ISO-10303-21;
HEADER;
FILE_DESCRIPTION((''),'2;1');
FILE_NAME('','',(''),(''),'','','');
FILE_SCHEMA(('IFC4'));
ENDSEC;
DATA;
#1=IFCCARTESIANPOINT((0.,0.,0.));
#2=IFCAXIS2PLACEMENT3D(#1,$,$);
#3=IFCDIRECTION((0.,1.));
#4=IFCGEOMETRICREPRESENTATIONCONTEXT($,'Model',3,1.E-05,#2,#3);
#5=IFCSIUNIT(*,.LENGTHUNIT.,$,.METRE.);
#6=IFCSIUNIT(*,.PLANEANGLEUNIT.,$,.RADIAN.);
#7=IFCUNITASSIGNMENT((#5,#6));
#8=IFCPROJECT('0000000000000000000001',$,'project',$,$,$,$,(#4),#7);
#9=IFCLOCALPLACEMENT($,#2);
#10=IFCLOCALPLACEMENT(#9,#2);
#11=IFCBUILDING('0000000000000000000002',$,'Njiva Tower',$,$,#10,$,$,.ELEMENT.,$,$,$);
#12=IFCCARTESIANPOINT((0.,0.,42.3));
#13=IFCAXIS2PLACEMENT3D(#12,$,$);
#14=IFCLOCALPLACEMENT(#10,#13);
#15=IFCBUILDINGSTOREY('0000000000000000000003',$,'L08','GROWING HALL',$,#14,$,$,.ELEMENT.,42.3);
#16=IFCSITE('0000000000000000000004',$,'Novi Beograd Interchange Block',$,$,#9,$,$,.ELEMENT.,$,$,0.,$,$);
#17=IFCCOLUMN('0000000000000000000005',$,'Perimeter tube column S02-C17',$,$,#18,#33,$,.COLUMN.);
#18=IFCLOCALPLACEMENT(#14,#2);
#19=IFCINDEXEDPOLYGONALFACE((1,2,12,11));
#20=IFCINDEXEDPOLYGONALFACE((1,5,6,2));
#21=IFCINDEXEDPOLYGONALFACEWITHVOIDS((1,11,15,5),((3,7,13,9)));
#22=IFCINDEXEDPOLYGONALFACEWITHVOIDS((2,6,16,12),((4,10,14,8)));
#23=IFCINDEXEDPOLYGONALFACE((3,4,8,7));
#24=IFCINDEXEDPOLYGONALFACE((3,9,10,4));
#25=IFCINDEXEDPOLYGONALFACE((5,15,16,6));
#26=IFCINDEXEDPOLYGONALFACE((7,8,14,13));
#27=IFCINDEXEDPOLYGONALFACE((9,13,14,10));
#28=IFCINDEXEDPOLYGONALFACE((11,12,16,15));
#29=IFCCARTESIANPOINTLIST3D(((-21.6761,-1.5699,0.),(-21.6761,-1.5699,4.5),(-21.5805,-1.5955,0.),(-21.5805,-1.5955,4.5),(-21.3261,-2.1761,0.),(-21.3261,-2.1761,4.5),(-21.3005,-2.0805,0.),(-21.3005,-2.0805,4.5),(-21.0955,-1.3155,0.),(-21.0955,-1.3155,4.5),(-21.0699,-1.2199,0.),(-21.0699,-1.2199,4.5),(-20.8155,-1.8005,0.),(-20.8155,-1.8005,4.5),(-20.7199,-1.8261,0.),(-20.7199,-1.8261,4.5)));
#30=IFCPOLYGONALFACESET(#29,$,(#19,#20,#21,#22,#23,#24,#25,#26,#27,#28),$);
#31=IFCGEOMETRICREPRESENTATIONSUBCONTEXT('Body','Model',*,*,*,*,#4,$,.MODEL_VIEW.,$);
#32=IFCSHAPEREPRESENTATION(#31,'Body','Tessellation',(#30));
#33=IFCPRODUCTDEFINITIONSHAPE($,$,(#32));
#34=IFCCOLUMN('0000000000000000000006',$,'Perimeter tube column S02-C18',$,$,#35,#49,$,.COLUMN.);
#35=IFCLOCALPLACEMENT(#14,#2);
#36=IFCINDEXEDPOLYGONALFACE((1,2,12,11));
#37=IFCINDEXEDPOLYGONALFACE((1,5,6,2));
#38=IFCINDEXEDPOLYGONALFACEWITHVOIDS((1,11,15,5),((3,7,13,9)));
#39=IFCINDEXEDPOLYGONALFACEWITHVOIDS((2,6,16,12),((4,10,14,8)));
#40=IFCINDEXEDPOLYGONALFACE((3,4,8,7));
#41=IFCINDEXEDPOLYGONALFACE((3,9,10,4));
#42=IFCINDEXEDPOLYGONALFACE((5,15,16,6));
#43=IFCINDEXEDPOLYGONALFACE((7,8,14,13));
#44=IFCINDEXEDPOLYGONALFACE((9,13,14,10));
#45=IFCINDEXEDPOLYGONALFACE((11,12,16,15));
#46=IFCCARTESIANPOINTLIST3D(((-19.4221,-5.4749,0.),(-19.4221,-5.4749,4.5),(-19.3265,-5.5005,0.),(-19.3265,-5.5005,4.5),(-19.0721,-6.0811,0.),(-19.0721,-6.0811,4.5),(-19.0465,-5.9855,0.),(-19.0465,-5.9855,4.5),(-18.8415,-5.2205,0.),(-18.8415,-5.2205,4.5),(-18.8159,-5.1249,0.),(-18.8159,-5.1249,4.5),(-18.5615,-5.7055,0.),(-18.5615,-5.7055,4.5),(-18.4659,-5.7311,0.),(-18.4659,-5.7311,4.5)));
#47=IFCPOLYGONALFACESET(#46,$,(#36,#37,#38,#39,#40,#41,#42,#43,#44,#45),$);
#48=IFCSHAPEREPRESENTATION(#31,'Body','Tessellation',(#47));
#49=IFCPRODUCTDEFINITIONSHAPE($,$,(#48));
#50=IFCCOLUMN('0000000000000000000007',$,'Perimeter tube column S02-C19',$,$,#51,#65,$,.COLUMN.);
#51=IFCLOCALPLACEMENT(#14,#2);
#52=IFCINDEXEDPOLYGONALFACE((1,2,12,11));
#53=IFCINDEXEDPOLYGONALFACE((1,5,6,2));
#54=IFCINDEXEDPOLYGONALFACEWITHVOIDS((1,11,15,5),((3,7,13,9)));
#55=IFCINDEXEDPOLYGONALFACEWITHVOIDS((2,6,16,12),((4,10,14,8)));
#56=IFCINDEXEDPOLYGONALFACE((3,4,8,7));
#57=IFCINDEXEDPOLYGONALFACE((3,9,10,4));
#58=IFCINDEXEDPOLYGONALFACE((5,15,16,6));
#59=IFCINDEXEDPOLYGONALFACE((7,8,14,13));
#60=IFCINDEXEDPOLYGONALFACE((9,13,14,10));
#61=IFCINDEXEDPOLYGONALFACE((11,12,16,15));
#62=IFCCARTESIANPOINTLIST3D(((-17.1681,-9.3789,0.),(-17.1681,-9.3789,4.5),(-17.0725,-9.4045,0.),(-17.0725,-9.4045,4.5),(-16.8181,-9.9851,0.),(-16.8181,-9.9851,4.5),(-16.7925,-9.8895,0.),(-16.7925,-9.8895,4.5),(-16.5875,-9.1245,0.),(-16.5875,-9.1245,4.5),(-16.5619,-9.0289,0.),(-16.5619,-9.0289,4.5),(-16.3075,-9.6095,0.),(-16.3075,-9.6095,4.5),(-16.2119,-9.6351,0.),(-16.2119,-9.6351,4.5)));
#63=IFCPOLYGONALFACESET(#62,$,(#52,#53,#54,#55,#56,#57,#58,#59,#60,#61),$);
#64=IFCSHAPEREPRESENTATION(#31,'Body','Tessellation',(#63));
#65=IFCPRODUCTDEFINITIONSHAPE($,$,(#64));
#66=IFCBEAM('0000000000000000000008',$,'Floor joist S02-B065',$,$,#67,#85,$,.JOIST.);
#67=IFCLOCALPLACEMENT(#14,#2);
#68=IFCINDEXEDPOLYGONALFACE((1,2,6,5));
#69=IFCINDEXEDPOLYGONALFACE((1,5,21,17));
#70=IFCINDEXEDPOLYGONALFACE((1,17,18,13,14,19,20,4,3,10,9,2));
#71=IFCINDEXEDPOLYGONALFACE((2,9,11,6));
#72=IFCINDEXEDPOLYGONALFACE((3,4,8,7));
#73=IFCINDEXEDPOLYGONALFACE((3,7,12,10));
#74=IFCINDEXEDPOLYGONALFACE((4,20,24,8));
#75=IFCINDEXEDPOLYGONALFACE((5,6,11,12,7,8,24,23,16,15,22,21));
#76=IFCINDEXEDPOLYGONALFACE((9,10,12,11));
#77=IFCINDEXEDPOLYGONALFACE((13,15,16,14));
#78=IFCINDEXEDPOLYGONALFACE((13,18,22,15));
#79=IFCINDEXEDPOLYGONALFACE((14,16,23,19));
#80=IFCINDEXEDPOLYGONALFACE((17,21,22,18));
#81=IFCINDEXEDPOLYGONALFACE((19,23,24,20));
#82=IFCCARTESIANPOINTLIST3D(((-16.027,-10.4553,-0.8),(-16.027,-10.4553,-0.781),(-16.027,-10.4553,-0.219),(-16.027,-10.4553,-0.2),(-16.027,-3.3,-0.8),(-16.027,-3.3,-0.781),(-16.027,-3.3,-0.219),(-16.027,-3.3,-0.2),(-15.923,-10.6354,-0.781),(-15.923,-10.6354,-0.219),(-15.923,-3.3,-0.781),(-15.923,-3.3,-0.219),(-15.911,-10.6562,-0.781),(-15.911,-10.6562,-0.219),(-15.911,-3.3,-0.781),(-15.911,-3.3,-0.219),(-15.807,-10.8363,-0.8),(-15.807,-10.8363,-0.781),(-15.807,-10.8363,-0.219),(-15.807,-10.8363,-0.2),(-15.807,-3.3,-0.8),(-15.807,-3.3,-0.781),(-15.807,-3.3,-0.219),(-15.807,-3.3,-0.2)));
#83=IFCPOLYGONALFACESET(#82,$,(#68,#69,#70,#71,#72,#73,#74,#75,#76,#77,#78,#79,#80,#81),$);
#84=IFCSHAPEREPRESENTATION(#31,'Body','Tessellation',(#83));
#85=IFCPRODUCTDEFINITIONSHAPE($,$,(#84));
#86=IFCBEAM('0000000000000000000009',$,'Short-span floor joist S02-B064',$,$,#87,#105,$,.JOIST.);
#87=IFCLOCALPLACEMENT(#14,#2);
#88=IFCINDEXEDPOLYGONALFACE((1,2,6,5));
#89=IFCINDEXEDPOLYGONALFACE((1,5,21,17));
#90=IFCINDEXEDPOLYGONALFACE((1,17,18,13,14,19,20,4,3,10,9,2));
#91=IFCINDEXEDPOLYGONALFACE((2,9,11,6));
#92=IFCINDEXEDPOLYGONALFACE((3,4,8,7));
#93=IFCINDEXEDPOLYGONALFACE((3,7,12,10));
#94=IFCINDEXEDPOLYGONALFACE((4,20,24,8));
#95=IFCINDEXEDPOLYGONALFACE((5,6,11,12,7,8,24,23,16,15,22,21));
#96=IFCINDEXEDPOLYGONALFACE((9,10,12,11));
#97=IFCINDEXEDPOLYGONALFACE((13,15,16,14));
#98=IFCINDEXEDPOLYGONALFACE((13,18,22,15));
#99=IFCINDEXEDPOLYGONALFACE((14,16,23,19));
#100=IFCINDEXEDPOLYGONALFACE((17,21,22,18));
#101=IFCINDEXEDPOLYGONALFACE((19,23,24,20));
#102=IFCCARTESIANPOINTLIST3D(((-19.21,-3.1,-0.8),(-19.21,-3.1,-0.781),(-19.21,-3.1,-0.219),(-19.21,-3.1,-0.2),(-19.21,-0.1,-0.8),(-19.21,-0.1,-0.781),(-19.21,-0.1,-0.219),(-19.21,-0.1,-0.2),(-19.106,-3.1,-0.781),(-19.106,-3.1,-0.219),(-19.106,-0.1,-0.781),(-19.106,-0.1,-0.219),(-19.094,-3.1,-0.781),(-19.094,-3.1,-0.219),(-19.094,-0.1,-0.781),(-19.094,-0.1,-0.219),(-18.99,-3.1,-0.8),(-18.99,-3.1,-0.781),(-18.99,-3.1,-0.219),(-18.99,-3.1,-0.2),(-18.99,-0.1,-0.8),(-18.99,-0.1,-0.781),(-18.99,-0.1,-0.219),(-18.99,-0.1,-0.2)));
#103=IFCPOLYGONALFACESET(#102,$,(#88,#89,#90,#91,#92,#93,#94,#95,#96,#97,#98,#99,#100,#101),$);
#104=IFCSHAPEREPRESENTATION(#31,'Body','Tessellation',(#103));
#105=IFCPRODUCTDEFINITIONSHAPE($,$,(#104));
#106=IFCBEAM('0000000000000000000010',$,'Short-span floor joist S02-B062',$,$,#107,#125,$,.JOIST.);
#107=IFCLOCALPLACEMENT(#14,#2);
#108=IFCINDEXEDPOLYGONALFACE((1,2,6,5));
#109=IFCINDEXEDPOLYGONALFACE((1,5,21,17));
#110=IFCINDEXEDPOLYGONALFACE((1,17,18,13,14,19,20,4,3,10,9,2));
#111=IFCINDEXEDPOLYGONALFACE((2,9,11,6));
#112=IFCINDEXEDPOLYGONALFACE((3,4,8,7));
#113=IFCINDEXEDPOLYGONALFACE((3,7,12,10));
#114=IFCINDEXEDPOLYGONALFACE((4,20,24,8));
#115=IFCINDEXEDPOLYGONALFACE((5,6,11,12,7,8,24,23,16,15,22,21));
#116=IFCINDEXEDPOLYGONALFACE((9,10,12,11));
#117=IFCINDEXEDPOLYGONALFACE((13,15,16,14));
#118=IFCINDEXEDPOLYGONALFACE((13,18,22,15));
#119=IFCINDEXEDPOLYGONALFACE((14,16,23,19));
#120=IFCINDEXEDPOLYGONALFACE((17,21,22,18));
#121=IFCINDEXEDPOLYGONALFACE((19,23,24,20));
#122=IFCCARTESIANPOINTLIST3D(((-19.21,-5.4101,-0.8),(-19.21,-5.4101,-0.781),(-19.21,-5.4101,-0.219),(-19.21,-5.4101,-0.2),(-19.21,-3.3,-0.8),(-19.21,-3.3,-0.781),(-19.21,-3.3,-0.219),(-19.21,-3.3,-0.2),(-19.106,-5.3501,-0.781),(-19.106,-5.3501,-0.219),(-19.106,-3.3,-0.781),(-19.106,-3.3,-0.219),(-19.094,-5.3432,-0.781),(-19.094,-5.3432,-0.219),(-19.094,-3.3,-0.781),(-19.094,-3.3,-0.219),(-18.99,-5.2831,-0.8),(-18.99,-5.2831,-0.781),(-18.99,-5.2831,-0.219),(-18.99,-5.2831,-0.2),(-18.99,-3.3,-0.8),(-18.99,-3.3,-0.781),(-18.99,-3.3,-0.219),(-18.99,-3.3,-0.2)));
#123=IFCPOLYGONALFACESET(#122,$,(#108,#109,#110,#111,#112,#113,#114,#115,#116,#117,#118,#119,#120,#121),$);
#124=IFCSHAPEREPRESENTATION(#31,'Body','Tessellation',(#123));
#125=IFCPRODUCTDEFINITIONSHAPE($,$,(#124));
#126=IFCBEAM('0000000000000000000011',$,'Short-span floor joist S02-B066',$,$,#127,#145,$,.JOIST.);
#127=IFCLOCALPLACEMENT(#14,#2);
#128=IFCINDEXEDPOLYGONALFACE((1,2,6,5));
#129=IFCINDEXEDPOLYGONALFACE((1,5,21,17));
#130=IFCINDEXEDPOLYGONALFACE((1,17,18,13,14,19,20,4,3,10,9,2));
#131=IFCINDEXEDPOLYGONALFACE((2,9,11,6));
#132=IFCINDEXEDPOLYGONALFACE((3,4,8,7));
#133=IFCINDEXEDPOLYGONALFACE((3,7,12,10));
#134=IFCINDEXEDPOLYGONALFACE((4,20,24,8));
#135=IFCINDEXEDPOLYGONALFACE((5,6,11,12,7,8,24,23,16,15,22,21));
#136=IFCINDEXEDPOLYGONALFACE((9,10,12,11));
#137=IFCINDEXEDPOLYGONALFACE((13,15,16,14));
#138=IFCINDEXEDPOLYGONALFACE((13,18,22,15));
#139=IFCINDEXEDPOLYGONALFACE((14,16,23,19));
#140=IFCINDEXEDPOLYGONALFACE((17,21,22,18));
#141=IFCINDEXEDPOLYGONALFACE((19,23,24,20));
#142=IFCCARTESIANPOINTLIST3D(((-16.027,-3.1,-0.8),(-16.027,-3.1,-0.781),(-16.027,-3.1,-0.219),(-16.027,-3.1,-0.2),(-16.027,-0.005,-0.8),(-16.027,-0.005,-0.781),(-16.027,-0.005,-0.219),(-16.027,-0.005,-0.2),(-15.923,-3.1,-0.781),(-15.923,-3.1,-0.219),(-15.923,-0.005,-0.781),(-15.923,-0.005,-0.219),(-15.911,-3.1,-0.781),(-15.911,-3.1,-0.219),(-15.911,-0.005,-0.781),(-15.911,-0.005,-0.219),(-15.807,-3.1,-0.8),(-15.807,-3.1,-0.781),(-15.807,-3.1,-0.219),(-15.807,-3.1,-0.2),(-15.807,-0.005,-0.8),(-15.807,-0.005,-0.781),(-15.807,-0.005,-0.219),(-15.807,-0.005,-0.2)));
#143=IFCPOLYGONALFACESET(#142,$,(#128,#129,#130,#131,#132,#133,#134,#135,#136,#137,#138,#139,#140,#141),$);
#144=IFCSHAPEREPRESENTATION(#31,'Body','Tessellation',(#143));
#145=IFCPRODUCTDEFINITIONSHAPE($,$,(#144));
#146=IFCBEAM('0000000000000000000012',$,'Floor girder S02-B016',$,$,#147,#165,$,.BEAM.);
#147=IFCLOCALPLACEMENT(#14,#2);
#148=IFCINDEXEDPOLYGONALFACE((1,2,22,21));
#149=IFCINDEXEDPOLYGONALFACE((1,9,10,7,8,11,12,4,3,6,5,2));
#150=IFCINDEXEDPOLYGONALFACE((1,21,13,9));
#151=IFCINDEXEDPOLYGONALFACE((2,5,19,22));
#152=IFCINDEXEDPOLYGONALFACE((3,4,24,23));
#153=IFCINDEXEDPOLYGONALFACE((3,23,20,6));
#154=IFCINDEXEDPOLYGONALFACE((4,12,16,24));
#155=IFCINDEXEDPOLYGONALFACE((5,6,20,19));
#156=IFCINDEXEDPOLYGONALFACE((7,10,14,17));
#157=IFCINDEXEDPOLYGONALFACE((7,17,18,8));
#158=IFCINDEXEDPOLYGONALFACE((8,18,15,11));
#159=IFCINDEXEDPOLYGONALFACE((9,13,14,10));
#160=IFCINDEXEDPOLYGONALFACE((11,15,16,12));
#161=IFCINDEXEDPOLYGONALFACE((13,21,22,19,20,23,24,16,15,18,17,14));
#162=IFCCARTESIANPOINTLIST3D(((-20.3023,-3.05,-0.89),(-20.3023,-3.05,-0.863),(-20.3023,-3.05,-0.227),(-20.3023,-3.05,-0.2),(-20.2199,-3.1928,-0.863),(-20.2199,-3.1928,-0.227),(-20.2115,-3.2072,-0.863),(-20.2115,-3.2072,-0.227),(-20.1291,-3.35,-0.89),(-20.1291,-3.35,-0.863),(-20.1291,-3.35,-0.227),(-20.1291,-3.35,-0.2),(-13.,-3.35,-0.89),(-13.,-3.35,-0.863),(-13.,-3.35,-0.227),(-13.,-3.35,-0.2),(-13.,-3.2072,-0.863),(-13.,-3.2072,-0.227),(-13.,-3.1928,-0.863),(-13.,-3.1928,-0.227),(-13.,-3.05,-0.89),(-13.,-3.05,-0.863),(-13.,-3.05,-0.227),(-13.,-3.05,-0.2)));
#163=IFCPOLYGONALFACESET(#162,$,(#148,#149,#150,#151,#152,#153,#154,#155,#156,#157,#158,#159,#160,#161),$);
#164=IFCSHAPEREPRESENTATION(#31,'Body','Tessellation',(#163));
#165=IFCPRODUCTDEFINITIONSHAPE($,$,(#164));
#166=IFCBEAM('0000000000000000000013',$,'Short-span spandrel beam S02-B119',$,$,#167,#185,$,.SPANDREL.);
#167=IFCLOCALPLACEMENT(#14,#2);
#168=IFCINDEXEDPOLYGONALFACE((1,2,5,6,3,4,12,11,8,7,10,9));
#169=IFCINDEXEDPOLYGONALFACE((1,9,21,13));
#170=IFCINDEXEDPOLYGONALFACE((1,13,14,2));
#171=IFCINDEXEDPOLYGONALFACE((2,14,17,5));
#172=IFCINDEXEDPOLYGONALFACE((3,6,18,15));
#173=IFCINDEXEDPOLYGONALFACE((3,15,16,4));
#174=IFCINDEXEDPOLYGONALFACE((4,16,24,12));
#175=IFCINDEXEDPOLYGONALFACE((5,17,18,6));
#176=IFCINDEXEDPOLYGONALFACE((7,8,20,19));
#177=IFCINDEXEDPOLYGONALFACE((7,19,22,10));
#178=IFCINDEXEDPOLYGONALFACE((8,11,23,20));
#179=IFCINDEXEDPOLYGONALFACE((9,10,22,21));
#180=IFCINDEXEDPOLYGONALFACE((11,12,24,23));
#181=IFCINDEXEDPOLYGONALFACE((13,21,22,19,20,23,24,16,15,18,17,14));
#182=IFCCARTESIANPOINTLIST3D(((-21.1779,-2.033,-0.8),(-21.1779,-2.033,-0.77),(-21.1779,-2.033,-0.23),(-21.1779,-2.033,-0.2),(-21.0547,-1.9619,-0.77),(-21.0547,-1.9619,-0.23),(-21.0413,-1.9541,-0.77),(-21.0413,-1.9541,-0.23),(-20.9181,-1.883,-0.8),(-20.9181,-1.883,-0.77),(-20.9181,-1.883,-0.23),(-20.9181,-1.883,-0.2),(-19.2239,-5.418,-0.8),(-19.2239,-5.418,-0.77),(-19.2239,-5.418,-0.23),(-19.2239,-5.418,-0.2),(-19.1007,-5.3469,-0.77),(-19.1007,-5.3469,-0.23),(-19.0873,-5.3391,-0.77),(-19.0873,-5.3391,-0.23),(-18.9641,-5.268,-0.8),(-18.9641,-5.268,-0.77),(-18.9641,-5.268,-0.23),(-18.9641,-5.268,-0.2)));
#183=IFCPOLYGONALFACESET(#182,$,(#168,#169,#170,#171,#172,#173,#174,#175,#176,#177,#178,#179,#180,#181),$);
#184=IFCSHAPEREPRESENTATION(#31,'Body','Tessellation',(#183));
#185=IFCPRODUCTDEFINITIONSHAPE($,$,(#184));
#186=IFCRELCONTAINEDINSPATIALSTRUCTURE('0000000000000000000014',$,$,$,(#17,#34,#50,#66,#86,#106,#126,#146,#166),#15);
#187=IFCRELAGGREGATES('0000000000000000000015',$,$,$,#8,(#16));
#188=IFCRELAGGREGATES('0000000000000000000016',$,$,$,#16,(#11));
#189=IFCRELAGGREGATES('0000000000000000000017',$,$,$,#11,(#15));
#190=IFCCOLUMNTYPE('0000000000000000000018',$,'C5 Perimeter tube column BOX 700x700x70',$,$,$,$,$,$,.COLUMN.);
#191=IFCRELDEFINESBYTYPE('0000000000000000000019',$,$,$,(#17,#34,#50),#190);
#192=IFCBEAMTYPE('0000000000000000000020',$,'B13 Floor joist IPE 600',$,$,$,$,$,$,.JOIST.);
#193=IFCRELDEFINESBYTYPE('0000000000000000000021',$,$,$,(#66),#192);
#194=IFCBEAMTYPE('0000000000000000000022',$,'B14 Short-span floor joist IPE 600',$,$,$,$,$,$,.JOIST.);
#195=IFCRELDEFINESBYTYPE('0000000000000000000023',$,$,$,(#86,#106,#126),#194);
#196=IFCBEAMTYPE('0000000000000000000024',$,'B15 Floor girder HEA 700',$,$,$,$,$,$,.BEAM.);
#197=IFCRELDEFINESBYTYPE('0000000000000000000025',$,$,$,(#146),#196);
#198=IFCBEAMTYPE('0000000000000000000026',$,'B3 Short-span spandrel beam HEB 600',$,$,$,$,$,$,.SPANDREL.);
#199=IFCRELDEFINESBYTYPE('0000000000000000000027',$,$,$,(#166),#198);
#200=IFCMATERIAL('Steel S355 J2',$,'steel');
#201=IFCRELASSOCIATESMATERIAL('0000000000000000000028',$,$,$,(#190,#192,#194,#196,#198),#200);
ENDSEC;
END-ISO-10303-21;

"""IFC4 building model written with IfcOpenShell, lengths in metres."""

from ifc_helpers import new_model, si_unit, direction, frame, origin, origin_2d, place, context, subcontext, project, spatial, hollow_rectangle, i_section, extrude, clip, halfspace, material, material_profile, profile_set, type_object, element, save


model = new_model("IFC4")

# Units and contexts
model_context = context("Model", 3, precision=1e-05, world=origin(), true_north=direction((0.0, 1.0)))
body_context = subcontext(model_context, "Body", "Model", "MODEL_VIEW")
ifc_project = project(units=[si_unit("LENGTHUNIT", "METRE"), si_unit("PLANEANGLEUNIT", "RADIAN")], contexts=[model_context])

# Site, building, storey
site_placement = place(None, origin())
site = spatial("IfcSite", under=ifc_project, at=site_placement, Name="Novi Beograd Interchange Block", CompositionType="ELEMENT", RefElevation=0.0)
building_placement = place(site_placement, origin())
building = spatial("IfcBuilding", under=site, at=building_placement, Name="Njiva Tower", CompositionType="ELEMENT")
storey_placement = place(building_placement, frame((0.0, 0.0, 42.3)))
storey = spatial("IfcBuildingStorey", under=building, at=storey_placement, Name="L08", Description="GROWING HALL", CompositionType="ELEMENT", Elevation=42.3)

# Columns
ifc_material_1 = material(Name="Steel S355 J2", Category="steel")
ifc_material_profile_1 = material_profile(ifc_material_1, hollow_rectangle(XDim=0.7, YDim=0.7, WallThickness=0.07, at=origin_2d()), Name="BOX 700x700x70")
ifc_profile_set_1 = profile_set([ifc_material_profile_1], Name="Steel S355 J2")
column_type = type_object("IfcColumnType", Name="C5 Perimeter tube column BOX 700x700x70", PredefinedType="COLUMN", material=ifc_profile_set_1)
for number, where, z_axis, x_axis, name in (
    (1, (-21.198, -1.698, 0.0), (0.0, 0.0, 1.0), (0.5, -0.866025, 0.0), "Perimeter tube column S02-C17"),
    (2, (-18.944, -5.603, 0.0), (0.0, 0.0, 1.0), (0.5, -0.866025, 0.0), "Perimeter tube column S02-C18"),
    (3, (-16.69, -9.507, 0.0), (0.0, 0.0, 1.0), (0.5, -0.866025, 0.0), "Perimeter tube column S02-C19"),
):
    element("IfcColumn", number, at=place(storey_placement, frame(where, z_axis=z_axis, x_axis=x_axis)), inside=storey, type_object=column_type, Name=name, PredefinedType="COLUMN", context=body_context, shape_type="SweptSolid", body=[
        extrude(hollow_rectangle(XDim=0.7, YDim=0.7, WallThickness=0.07, at=origin_2d()), origin(), (0.0, 0.0, 1.0), 4.5),
    ])

# Beams
ifc_material_profile_2 = material_profile(ifc_material_1, i_section(OverallWidth=0.22, OverallDepth=0.6, WebThickness=0.012, FlangeThickness=0.019, at=origin_2d()), Name="IPE 600")
ifc_profile_set_2 = profile_set([ifc_material_profile_2], Name="Steel S355 J2")
beam_type_1 = type_object("IfcBeamType", Name="B13 Floor joist IPE 600", PredefinedType="JOIST", material=ifc_profile_set_2)
beam_1_placement = place(storey_placement, frame((-15.917, -3.3, -0.5), z_axis=(0.0, -1.0, 0.0), x_axis=(1.0, 0.0, 0.0)))
element("IfcBeam", 4, at=beam_1_placement, inside=storey, type_object=beam_type_1, Name="Floor joist S02-B065", PredefinedType="JOIST", context=body_context, shape_type="Clipping", body=[
    clip(extrude(i_section(OverallWidth=0.22, OverallDepth=0.6, WebThickness=0.012, FlangeThickness=0.019, at=origin_2d()), origin(), (0.0, 0.0, 1.0), 7.557), halfspace(frame((-0.043, 0.0, 7.2713), z_axis=(-0.866027, 0.0, 0.499998), x_axis=(0.0, 1.0, 0.0)), False)),
])
ifc_material_profile_3 = material_profile(ifc_material_1, i_section(OverallWidth=0.22, OverallDepth=0.6, WebThickness=0.012, FlangeThickness=0.019, at=origin_2d()), Name="IPE 600")
ifc_profile_set_3 = profile_set([ifc_material_profile_3], Name="Steel S355 J2")
beam_type_2 = type_object("IfcBeamType", Name="B14 Short-span floor joist IPE 600", PredefinedType="JOIST", material=ifc_profile_set_3)
beam_2_placement = place(storey_placement, frame((-19.1, -0.1, -0.5), z_axis=(0.0, -1.0, 0.0), x_axis=(1.0, 0.0, 0.0)))
element("IfcBeam", 5, at=beam_2_placement, inside=storey, type_object=beam_type_2, Name="Short-span floor joist S02-B064", PredefinedType="JOIST", context=body_context, shape_type="SweptSolid", body=[
    extrude(i_section(OverallWidth=0.22, OverallDepth=0.6, WebThickness=0.012, FlangeThickness=0.019, at=origin_2d()), origin(), (0.0, 0.0, 1.0), 3.0),
])
beam_3_placement = place(storey_placement, frame((-19.1, -3.3, -0.5), z_axis=(0.0, -1.0, 0.0), x_axis=(1.0, 0.0, 0.0)))
element("IfcBeam", 6, at=beam_3_placement, inside=storey, type_object=beam_type_2, Name="Short-span floor joist S02-B062", PredefinedType="JOIST", context=body_context, shape_type="Clipping", body=[
    clip(extrude(i_section(OverallWidth=0.22, OverallDepth=0.6, WebThickness=0.012, FlangeThickness=0.019, at=origin_2d()), origin(), (0.0, 0.0, 1.0), 2.131), halfspace(frame((0.025, 0.0, 2.0322), z_axis=(0.499998, 0.0, 0.866027), x_axis=(0.0, 1.0, 0.0)), False)),
])
beam_4_placement = place(storey_placement, frame((-15.917, -0.005, -0.5), z_axis=(0.0, -1.0, 0.0), x_axis=(1.0, 0.0, 0.0)))
element("IfcBeam", 7, at=beam_4_placement, inside=storey, type_object=beam_type_2, Name="Short-span floor joist S02-B066", PredefinedType="JOIST", context=body_context, shape_type="SweptSolid", body=[
    extrude(i_section(OverallWidth=0.22, OverallDepth=0.6, WebThickness=0.012, FlangeThickness=0.019, at=origin_2d()), origin(), (0.0, 0.0, 1.0), 3.095),
])
ifc_material_profile_4 = material_profile(ifc_material_1, i_section(OverallWidth=0.3, OverallDepth=0.69, WebThickness=0.0145, FlangeThickness=0.027, at=origin_2d()), Name="HEA 700")
ifc_profile_set_4 = profile_set([ifc_material_profile_4], Name="Steel S355 J2")
beam_type_3 = type_object("IfcBeamType", Name="B15 Floor girder HEA 700", PredefinedType="BEAM", material=ifc_profile_set_4)
beam_5_placement = place(storey_placement, frame((-20.323, -3.2, -0.545), z_axis=(1.0, 0.0, 0.0), x_axis=(0.0, 1.0, 0.0)))
element("IfcBeam", 8, at=beam_5_placement, inside=storey, type_object=beam_type_3, Name="Floor girder S02-B016", PredefinedType="BEAM", context=body_context, shape_type="Clipping", body=[
    clip(extrude(i_section(OverallWidth=0.3, OverallDepth=0.69, WebThickness=0.0145, FlangeThickness=0.027, at=origin_2d()), origin(), (0.0, 0.0, 1.0), 7.323), halfspace(frame((-0.025, 0.0, 0.1217), z_axis=(-0.499998, 0.0, -0.866027), x_axis=(0.0, -1.0, 0.0)), False)),
])
ifc_material_profile_5 = material_profile(ifc_material_1, i_section(OverallWidth=0.3, OverallDepth=0.6, WebThickness=0.0155, FlangeThickness=0.03, at=origin_2d()), Name="HEB 600")
ifc_profile_set_5 = profile_set([ifc_material_profile_5], Name="Steel S355 J2")
beam_type_4 = type_object("IfcBeamType", Name="B3 Short-span spandrel beam HEB 600", PredefinedType="SPANDREL", material=ifc_profile_set_5)
beam_6_placement = place(storey_placement, frame((-21.048, -1.958, -0.5), z_axis=(0.499937, -0.866062, 0.0), x_axis=(0.866062, 0.499937, 0.0)))
element("IfcBeam", 9, at=beam_6_placement, inside=storey, type_object=beam_type_4, Name="Short-span spandrel beam S02-B119", PredefinedType="SPANDREL", context=body_context, shape_type="SweptSolid", body=[
    extrude(i_section(OverallWidth=0.3, OverallDepth=0.6, WebThickness=0.0155, FlangeThickness=0.03, at=origin_2d()), origin(), (0.0, 0.0, 1.0), 3.9085),
])

save(model, "model.ifc")
